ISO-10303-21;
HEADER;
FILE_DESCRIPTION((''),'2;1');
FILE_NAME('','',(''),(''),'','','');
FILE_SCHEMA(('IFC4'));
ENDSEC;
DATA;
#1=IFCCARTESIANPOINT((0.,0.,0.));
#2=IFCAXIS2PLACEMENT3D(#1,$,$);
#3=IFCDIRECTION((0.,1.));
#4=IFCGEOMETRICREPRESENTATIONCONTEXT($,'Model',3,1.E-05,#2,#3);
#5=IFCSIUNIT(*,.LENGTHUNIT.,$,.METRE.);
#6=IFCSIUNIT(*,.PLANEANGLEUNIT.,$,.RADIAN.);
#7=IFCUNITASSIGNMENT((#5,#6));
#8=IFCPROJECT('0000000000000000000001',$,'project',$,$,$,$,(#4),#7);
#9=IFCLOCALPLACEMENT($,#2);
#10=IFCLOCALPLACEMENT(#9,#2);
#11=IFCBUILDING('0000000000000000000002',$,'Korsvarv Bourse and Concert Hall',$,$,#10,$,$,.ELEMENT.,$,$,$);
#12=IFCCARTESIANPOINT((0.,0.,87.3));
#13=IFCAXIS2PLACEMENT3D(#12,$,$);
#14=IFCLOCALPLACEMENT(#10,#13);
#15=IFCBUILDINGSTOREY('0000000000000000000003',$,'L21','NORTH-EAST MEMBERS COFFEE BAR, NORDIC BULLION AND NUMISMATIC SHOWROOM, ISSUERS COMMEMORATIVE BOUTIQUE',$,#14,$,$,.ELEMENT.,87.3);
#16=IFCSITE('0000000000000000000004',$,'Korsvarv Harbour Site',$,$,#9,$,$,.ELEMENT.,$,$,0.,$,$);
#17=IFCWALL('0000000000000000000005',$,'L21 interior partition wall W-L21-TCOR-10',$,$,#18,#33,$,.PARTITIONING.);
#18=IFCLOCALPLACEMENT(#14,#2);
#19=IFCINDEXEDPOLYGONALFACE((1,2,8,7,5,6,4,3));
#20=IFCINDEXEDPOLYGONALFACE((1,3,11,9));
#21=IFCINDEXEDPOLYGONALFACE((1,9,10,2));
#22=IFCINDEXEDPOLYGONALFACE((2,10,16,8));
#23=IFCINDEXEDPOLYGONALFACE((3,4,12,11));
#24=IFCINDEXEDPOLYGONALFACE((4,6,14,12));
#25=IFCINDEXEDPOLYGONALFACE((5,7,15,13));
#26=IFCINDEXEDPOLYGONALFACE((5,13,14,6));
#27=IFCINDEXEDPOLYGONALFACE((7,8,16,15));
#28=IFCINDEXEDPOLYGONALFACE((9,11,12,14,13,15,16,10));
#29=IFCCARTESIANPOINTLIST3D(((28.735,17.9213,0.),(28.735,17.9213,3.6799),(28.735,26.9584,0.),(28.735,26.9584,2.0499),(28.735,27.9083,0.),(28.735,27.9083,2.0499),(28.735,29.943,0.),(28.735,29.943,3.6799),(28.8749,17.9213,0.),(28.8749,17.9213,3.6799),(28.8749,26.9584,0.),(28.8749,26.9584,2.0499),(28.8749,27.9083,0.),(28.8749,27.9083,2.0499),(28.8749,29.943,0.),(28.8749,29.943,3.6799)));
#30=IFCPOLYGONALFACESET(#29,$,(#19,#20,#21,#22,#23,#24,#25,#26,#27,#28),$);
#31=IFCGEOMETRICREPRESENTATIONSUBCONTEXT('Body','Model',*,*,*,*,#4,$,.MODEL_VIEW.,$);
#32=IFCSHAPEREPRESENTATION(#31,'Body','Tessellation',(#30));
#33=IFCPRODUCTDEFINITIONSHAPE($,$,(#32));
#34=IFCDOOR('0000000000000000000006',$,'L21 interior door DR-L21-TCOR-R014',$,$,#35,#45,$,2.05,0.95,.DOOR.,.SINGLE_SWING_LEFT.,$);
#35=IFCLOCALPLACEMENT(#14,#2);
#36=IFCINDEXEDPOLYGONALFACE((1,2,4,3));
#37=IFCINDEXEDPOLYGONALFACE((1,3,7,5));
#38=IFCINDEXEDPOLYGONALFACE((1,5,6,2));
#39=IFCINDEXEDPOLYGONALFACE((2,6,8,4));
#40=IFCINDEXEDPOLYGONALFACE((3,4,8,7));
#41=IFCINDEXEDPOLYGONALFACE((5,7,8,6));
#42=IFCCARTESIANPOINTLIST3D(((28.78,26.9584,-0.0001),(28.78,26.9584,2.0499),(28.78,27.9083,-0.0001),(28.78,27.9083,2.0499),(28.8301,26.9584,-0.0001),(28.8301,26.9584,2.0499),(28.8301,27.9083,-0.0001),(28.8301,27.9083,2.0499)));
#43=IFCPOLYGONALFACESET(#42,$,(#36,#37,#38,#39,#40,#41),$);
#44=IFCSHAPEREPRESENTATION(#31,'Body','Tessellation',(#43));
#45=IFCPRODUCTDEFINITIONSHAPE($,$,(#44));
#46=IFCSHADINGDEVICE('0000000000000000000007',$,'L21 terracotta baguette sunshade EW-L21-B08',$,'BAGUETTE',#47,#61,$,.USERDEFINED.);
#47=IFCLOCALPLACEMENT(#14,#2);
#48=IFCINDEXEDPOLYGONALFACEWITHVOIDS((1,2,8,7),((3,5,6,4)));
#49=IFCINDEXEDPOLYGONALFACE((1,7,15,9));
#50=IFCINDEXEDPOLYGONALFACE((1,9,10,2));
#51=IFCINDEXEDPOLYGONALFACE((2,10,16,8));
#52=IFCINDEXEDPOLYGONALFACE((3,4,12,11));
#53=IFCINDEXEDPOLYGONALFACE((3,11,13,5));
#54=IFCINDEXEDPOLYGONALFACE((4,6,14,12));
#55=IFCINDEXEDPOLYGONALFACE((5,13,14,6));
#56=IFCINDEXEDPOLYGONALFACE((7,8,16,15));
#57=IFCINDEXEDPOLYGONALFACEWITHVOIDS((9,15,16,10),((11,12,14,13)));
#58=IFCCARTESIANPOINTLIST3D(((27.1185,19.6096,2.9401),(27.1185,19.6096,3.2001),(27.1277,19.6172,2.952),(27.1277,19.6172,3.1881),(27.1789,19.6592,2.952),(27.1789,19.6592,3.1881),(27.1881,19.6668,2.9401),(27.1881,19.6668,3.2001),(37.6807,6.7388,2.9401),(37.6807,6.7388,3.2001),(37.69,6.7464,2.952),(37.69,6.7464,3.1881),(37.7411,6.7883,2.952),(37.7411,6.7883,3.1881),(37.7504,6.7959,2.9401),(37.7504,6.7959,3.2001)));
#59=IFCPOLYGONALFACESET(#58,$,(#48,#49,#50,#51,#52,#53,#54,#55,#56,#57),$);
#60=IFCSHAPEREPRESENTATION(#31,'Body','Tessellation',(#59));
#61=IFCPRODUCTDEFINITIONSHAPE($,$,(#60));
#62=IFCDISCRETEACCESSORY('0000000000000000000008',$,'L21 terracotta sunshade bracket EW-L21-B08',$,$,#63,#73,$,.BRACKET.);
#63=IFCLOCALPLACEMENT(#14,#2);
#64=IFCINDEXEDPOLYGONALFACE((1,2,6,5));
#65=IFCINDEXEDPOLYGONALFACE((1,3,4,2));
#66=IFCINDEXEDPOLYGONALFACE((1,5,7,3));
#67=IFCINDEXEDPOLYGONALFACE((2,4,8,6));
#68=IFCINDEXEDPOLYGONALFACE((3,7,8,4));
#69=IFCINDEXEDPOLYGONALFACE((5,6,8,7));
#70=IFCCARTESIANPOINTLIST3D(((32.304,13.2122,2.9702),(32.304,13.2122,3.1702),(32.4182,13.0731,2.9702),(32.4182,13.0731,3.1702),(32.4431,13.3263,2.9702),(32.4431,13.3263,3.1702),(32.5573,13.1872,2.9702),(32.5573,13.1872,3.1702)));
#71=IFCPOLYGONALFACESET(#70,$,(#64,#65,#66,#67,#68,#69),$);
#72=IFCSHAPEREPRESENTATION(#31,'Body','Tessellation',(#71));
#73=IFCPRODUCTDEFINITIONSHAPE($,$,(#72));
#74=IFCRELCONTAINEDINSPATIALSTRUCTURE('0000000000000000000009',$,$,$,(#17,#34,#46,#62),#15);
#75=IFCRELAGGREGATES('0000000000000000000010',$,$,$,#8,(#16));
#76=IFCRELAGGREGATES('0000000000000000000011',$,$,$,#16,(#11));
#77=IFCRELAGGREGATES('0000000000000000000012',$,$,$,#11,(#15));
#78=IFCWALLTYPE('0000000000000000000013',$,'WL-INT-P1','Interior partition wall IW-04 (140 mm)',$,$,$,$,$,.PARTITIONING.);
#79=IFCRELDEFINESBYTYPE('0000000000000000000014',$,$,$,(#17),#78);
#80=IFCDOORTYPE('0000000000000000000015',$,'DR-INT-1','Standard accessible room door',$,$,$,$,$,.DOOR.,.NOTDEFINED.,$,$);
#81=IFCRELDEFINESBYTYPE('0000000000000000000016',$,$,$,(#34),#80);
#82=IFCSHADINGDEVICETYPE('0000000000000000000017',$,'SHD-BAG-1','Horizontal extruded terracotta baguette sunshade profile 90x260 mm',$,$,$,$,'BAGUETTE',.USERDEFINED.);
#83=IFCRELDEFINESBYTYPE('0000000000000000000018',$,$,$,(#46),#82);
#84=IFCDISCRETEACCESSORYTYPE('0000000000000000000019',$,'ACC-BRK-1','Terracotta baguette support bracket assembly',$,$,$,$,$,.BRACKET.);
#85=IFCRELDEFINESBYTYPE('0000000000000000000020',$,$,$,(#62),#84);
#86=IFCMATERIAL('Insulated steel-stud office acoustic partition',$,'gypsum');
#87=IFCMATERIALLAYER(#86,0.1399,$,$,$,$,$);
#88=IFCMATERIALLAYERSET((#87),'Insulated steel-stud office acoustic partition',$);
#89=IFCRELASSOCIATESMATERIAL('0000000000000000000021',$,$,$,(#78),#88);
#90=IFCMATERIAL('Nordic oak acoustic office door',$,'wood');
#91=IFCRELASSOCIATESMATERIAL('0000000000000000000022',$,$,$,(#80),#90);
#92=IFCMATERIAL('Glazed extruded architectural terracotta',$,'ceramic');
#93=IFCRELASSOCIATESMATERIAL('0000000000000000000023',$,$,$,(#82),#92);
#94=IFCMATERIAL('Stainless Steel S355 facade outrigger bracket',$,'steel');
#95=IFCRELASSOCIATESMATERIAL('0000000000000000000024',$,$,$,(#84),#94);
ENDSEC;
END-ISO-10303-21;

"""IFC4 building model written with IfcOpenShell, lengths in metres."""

from ifc_helpers import new_model, si_unit, direction, frame, frame_2d, origin, origin_2d, place, context, subcontext, project, spatial, rectangle, hollow_rectangle, extrude, source, transform, mapped, material, layer, layer_set, material_profile, profile_set, type_object, element, fill, save


model = new_model("IFC4")

# Units and contexts
model_context = context("Model", 3, precision=1e-05, world=origin(), true_north=direction((0.0, 1.0)))
body_context = subcontext(model_context, "Body", "Model", "MODEL_VIEW")
ifc_project = project(units=[si_unit("LENGTHUNIT", "METRE"), si_unit("PLANEANGLEUNIT", "RADIAN")], contexts=[model_context])

# Site, building, storey
site_placement = place(None, origin())
site = spatial("IfcSite", under=ifc_project, at=site_placement, Name="Korsvarv Harbour Site", CompositionType="ELEMENT", RefElevation=0.0)
building_placement = place(site_placement, origin())
building = spatial("IfcBuilding", under=site, at=building_placement, Name="Korsvarv Bourse and Concert Hall", CompositionType="ELEMENT")
storey_placement = place(building_placement, frame((0.0, 0.0, 87.3)))
storey = spatial("IfcBuildingStorey", under=building, at=storey_placement, Name="L21", Description="NORTH-EAST MEMBERS COFFEE BAR, NORDIC BULLION AND NUMISMATIC SHOWROOM, ISSUERS COMMEMORATIVE BOUTIQUE", CompositionType="ELEMENT", Elevation=87.3)

# Wall, opening, door
ifc_material_1 = material(Name="Insulated steel-stud office acoustic partition", Category="gypsum")
ifc_layer_1 = layer(ifc_material_1, 0.1399)
ifc_layer_set_1 = layer_set([ifc_layer_1], Name="Insulated steel-stud office acoustic partition")
wall_type_1 = type_object("IfcWallType", Name="WL-INT-P1", Description="Interior partition wall IW-04 (140 mm)", PredefinedType="PARTITIONING", material=ifc_layer_set_1)
wall_1_placement = place(storey_placement, frame((28.8049, 17.9214, 0.0), z_axis=(0.0, 0.0, 1.0), x_axis=(0.0, 1.0, 0.0)))
wall_1 = element("IfcWall", 1, at=wall_1_placement, inside=storey, type_object=wall_type_1, Name="L21 interior partition wall W-L21-TCOR-10", PredefinedType="PARTITIONING", context=body_context, shape_type="SweptSolid", body=[
    extrude(rectangle(XDim=12.0217, YDim=0.1399, at=frame_2d((6.0107, 0.0))), origin(), (0.0, 0.0, 1.0), 3.6799),
])
opening_1_placement = place(wall_1_placement, frame((9.0369, 0.0, 0.0)))
opening_1 = element("IfcOpeningElement", 2, at=opening_1_placement, cuts=wall_1, PredefinedType="OPENING", context=body_context, shape_type="SweptSolid", body=[
    extrude(rectangle(XDim=0.95, YDim=2.05, at=frame_2d((0.4751, 1.0249))), frame((0.0, 0.0801, 0.0), z_axis=(0.0, -1.0, 0.0), x_axis=(1.0, 0.0, 0.0)), (0.0, 0.0, 1.0), 0.1599),
])
ifc_material_2 = material(Name="Nordic oak acoustic office door", Category="wood")
door_type = type_object("IfcDoorType", Name="DR-INT-1", Description="Standard accessible room door", OperationType="NOTDEFINED", PredefinedType="DOOR", material=ifc_material_2)
door_placement = place(opening_1_placement, origin())
door = element("IfcDoor", 3, at=door_placement, inside=storey, type_object=door_type, Name="L21 interior door DR-L21-TCOR-R014", OperationType="SINGLE_SWING_LEFT", OverallHeight=2.05, OverallWidth=0.95, PredefinedType="DOOR", context=body_context, shape_type="SweptSolid", body=[
    extrude(rectangle(XDim=0.95, YDim=2.05, at=frame_2d((0.4751, 1.0249))), frame((0.0, 0.0249, 0.0), z_axis=(0.0, -1.0, 0.0), x_axis=(1.0, 0.0, 0.0)), (0.0, 0.0, 1.0), 0.05),
])
fill(opening_1, door)

# Shading device
ifc_material_3 = material(Name="Glazed extruded architectural terracotta", Category="ceramic")
ifc_material_profile_1 = material_profile(ifc_material_3, hollow_rectangle(XDim=0.0901, YDim=0.26, WallThickness=0.012, at=origin_2d()), Name="TC-BAG 90x260")
ifc_profile_set_1 = profile_set([ifc_material_profile_1], Name="Glazed extruded architectural terracotta")
shading_device_type = type_object("IfcShadingDeviceType", Name="SHD-BAG-1", Description="Horizontal extruded terracotta baguette sunshade profile 90x260 mm", ElementType="BAGUETTE", PredefinedType="USERDEFINED", material=ifc_profile_set_1)
shared_shape_1 = source(origin(), body_context, "Body", "SweptSolid", [
    extrude(hollow_rectangle(XDim=0.0901, YDim=0.26, WallThickness=0.012, at=origin_2d()), origin(), (0.0, 0.0, 1.0), 16.6499),
])
shading_device_placement = place(storey_placement, frame((27.1533, 19.6382, 3.0701), z_axis=(0.634373, -0.773027, 0.0), x_axis=(0.773027, 0.634373, 0.0)))
element("IfcShadingDevice", 4, at=shading_device_placement, inside=storey, type_object=shading_device_type, Name="L21 terracotta baguette sunshade EW-L21-B08", ObjectType="BAGUETTE", PredefinedType="USERDEFINED", context=body_context, shape_type="MappedRepresentation", body=[
    mapped(shared_shape_1, transform((0.0, 0.0, 0.0), scale=1.0)),
])

# Discrete accessory
ifc_material_4 = material(Name="Stainless Steel S355 facade outrigger bracket", Category="steel")
discrete_accessory_type = type_object("IfcDiscreteAccessoryType", Name="ACC-BRK-1", Description="Terracotta baguette support bracket assembly", PredefinedType="BRACKET", material=ifc_material_4)
shared_shape_2 = source(origin(), body_context, "Body", "SweptSolid", [
    extrude(rectangle(XDim=0.1799, YDim=0.1799, at=origin_2d()), origin(), (0.0, 0.0, 1.0), 0.2),
])
discrete_accessory_placement = place(storey_placement, frame((32.4307, 13.1997, 2.9702), z_axis=(0.0, 0.0, 1.0), x_axis=(0.634326, -0.773066, 0.0)))
element("IfcDiscreteAccessory", 5, at=discrete_accessory_placement, inside=storey, type_object=discrete_accessory_type, Name="L21 terracotta sunshade bracket EW-L21-B08", PredefinedType="BRACKET", context=body_context, shape_type="MappedRepresentation", body=[
    mapped(shared_shape_2, transform((0.0, 0.0, 0.0), scale=1.0)),
])

save(model, "model.ifc")
